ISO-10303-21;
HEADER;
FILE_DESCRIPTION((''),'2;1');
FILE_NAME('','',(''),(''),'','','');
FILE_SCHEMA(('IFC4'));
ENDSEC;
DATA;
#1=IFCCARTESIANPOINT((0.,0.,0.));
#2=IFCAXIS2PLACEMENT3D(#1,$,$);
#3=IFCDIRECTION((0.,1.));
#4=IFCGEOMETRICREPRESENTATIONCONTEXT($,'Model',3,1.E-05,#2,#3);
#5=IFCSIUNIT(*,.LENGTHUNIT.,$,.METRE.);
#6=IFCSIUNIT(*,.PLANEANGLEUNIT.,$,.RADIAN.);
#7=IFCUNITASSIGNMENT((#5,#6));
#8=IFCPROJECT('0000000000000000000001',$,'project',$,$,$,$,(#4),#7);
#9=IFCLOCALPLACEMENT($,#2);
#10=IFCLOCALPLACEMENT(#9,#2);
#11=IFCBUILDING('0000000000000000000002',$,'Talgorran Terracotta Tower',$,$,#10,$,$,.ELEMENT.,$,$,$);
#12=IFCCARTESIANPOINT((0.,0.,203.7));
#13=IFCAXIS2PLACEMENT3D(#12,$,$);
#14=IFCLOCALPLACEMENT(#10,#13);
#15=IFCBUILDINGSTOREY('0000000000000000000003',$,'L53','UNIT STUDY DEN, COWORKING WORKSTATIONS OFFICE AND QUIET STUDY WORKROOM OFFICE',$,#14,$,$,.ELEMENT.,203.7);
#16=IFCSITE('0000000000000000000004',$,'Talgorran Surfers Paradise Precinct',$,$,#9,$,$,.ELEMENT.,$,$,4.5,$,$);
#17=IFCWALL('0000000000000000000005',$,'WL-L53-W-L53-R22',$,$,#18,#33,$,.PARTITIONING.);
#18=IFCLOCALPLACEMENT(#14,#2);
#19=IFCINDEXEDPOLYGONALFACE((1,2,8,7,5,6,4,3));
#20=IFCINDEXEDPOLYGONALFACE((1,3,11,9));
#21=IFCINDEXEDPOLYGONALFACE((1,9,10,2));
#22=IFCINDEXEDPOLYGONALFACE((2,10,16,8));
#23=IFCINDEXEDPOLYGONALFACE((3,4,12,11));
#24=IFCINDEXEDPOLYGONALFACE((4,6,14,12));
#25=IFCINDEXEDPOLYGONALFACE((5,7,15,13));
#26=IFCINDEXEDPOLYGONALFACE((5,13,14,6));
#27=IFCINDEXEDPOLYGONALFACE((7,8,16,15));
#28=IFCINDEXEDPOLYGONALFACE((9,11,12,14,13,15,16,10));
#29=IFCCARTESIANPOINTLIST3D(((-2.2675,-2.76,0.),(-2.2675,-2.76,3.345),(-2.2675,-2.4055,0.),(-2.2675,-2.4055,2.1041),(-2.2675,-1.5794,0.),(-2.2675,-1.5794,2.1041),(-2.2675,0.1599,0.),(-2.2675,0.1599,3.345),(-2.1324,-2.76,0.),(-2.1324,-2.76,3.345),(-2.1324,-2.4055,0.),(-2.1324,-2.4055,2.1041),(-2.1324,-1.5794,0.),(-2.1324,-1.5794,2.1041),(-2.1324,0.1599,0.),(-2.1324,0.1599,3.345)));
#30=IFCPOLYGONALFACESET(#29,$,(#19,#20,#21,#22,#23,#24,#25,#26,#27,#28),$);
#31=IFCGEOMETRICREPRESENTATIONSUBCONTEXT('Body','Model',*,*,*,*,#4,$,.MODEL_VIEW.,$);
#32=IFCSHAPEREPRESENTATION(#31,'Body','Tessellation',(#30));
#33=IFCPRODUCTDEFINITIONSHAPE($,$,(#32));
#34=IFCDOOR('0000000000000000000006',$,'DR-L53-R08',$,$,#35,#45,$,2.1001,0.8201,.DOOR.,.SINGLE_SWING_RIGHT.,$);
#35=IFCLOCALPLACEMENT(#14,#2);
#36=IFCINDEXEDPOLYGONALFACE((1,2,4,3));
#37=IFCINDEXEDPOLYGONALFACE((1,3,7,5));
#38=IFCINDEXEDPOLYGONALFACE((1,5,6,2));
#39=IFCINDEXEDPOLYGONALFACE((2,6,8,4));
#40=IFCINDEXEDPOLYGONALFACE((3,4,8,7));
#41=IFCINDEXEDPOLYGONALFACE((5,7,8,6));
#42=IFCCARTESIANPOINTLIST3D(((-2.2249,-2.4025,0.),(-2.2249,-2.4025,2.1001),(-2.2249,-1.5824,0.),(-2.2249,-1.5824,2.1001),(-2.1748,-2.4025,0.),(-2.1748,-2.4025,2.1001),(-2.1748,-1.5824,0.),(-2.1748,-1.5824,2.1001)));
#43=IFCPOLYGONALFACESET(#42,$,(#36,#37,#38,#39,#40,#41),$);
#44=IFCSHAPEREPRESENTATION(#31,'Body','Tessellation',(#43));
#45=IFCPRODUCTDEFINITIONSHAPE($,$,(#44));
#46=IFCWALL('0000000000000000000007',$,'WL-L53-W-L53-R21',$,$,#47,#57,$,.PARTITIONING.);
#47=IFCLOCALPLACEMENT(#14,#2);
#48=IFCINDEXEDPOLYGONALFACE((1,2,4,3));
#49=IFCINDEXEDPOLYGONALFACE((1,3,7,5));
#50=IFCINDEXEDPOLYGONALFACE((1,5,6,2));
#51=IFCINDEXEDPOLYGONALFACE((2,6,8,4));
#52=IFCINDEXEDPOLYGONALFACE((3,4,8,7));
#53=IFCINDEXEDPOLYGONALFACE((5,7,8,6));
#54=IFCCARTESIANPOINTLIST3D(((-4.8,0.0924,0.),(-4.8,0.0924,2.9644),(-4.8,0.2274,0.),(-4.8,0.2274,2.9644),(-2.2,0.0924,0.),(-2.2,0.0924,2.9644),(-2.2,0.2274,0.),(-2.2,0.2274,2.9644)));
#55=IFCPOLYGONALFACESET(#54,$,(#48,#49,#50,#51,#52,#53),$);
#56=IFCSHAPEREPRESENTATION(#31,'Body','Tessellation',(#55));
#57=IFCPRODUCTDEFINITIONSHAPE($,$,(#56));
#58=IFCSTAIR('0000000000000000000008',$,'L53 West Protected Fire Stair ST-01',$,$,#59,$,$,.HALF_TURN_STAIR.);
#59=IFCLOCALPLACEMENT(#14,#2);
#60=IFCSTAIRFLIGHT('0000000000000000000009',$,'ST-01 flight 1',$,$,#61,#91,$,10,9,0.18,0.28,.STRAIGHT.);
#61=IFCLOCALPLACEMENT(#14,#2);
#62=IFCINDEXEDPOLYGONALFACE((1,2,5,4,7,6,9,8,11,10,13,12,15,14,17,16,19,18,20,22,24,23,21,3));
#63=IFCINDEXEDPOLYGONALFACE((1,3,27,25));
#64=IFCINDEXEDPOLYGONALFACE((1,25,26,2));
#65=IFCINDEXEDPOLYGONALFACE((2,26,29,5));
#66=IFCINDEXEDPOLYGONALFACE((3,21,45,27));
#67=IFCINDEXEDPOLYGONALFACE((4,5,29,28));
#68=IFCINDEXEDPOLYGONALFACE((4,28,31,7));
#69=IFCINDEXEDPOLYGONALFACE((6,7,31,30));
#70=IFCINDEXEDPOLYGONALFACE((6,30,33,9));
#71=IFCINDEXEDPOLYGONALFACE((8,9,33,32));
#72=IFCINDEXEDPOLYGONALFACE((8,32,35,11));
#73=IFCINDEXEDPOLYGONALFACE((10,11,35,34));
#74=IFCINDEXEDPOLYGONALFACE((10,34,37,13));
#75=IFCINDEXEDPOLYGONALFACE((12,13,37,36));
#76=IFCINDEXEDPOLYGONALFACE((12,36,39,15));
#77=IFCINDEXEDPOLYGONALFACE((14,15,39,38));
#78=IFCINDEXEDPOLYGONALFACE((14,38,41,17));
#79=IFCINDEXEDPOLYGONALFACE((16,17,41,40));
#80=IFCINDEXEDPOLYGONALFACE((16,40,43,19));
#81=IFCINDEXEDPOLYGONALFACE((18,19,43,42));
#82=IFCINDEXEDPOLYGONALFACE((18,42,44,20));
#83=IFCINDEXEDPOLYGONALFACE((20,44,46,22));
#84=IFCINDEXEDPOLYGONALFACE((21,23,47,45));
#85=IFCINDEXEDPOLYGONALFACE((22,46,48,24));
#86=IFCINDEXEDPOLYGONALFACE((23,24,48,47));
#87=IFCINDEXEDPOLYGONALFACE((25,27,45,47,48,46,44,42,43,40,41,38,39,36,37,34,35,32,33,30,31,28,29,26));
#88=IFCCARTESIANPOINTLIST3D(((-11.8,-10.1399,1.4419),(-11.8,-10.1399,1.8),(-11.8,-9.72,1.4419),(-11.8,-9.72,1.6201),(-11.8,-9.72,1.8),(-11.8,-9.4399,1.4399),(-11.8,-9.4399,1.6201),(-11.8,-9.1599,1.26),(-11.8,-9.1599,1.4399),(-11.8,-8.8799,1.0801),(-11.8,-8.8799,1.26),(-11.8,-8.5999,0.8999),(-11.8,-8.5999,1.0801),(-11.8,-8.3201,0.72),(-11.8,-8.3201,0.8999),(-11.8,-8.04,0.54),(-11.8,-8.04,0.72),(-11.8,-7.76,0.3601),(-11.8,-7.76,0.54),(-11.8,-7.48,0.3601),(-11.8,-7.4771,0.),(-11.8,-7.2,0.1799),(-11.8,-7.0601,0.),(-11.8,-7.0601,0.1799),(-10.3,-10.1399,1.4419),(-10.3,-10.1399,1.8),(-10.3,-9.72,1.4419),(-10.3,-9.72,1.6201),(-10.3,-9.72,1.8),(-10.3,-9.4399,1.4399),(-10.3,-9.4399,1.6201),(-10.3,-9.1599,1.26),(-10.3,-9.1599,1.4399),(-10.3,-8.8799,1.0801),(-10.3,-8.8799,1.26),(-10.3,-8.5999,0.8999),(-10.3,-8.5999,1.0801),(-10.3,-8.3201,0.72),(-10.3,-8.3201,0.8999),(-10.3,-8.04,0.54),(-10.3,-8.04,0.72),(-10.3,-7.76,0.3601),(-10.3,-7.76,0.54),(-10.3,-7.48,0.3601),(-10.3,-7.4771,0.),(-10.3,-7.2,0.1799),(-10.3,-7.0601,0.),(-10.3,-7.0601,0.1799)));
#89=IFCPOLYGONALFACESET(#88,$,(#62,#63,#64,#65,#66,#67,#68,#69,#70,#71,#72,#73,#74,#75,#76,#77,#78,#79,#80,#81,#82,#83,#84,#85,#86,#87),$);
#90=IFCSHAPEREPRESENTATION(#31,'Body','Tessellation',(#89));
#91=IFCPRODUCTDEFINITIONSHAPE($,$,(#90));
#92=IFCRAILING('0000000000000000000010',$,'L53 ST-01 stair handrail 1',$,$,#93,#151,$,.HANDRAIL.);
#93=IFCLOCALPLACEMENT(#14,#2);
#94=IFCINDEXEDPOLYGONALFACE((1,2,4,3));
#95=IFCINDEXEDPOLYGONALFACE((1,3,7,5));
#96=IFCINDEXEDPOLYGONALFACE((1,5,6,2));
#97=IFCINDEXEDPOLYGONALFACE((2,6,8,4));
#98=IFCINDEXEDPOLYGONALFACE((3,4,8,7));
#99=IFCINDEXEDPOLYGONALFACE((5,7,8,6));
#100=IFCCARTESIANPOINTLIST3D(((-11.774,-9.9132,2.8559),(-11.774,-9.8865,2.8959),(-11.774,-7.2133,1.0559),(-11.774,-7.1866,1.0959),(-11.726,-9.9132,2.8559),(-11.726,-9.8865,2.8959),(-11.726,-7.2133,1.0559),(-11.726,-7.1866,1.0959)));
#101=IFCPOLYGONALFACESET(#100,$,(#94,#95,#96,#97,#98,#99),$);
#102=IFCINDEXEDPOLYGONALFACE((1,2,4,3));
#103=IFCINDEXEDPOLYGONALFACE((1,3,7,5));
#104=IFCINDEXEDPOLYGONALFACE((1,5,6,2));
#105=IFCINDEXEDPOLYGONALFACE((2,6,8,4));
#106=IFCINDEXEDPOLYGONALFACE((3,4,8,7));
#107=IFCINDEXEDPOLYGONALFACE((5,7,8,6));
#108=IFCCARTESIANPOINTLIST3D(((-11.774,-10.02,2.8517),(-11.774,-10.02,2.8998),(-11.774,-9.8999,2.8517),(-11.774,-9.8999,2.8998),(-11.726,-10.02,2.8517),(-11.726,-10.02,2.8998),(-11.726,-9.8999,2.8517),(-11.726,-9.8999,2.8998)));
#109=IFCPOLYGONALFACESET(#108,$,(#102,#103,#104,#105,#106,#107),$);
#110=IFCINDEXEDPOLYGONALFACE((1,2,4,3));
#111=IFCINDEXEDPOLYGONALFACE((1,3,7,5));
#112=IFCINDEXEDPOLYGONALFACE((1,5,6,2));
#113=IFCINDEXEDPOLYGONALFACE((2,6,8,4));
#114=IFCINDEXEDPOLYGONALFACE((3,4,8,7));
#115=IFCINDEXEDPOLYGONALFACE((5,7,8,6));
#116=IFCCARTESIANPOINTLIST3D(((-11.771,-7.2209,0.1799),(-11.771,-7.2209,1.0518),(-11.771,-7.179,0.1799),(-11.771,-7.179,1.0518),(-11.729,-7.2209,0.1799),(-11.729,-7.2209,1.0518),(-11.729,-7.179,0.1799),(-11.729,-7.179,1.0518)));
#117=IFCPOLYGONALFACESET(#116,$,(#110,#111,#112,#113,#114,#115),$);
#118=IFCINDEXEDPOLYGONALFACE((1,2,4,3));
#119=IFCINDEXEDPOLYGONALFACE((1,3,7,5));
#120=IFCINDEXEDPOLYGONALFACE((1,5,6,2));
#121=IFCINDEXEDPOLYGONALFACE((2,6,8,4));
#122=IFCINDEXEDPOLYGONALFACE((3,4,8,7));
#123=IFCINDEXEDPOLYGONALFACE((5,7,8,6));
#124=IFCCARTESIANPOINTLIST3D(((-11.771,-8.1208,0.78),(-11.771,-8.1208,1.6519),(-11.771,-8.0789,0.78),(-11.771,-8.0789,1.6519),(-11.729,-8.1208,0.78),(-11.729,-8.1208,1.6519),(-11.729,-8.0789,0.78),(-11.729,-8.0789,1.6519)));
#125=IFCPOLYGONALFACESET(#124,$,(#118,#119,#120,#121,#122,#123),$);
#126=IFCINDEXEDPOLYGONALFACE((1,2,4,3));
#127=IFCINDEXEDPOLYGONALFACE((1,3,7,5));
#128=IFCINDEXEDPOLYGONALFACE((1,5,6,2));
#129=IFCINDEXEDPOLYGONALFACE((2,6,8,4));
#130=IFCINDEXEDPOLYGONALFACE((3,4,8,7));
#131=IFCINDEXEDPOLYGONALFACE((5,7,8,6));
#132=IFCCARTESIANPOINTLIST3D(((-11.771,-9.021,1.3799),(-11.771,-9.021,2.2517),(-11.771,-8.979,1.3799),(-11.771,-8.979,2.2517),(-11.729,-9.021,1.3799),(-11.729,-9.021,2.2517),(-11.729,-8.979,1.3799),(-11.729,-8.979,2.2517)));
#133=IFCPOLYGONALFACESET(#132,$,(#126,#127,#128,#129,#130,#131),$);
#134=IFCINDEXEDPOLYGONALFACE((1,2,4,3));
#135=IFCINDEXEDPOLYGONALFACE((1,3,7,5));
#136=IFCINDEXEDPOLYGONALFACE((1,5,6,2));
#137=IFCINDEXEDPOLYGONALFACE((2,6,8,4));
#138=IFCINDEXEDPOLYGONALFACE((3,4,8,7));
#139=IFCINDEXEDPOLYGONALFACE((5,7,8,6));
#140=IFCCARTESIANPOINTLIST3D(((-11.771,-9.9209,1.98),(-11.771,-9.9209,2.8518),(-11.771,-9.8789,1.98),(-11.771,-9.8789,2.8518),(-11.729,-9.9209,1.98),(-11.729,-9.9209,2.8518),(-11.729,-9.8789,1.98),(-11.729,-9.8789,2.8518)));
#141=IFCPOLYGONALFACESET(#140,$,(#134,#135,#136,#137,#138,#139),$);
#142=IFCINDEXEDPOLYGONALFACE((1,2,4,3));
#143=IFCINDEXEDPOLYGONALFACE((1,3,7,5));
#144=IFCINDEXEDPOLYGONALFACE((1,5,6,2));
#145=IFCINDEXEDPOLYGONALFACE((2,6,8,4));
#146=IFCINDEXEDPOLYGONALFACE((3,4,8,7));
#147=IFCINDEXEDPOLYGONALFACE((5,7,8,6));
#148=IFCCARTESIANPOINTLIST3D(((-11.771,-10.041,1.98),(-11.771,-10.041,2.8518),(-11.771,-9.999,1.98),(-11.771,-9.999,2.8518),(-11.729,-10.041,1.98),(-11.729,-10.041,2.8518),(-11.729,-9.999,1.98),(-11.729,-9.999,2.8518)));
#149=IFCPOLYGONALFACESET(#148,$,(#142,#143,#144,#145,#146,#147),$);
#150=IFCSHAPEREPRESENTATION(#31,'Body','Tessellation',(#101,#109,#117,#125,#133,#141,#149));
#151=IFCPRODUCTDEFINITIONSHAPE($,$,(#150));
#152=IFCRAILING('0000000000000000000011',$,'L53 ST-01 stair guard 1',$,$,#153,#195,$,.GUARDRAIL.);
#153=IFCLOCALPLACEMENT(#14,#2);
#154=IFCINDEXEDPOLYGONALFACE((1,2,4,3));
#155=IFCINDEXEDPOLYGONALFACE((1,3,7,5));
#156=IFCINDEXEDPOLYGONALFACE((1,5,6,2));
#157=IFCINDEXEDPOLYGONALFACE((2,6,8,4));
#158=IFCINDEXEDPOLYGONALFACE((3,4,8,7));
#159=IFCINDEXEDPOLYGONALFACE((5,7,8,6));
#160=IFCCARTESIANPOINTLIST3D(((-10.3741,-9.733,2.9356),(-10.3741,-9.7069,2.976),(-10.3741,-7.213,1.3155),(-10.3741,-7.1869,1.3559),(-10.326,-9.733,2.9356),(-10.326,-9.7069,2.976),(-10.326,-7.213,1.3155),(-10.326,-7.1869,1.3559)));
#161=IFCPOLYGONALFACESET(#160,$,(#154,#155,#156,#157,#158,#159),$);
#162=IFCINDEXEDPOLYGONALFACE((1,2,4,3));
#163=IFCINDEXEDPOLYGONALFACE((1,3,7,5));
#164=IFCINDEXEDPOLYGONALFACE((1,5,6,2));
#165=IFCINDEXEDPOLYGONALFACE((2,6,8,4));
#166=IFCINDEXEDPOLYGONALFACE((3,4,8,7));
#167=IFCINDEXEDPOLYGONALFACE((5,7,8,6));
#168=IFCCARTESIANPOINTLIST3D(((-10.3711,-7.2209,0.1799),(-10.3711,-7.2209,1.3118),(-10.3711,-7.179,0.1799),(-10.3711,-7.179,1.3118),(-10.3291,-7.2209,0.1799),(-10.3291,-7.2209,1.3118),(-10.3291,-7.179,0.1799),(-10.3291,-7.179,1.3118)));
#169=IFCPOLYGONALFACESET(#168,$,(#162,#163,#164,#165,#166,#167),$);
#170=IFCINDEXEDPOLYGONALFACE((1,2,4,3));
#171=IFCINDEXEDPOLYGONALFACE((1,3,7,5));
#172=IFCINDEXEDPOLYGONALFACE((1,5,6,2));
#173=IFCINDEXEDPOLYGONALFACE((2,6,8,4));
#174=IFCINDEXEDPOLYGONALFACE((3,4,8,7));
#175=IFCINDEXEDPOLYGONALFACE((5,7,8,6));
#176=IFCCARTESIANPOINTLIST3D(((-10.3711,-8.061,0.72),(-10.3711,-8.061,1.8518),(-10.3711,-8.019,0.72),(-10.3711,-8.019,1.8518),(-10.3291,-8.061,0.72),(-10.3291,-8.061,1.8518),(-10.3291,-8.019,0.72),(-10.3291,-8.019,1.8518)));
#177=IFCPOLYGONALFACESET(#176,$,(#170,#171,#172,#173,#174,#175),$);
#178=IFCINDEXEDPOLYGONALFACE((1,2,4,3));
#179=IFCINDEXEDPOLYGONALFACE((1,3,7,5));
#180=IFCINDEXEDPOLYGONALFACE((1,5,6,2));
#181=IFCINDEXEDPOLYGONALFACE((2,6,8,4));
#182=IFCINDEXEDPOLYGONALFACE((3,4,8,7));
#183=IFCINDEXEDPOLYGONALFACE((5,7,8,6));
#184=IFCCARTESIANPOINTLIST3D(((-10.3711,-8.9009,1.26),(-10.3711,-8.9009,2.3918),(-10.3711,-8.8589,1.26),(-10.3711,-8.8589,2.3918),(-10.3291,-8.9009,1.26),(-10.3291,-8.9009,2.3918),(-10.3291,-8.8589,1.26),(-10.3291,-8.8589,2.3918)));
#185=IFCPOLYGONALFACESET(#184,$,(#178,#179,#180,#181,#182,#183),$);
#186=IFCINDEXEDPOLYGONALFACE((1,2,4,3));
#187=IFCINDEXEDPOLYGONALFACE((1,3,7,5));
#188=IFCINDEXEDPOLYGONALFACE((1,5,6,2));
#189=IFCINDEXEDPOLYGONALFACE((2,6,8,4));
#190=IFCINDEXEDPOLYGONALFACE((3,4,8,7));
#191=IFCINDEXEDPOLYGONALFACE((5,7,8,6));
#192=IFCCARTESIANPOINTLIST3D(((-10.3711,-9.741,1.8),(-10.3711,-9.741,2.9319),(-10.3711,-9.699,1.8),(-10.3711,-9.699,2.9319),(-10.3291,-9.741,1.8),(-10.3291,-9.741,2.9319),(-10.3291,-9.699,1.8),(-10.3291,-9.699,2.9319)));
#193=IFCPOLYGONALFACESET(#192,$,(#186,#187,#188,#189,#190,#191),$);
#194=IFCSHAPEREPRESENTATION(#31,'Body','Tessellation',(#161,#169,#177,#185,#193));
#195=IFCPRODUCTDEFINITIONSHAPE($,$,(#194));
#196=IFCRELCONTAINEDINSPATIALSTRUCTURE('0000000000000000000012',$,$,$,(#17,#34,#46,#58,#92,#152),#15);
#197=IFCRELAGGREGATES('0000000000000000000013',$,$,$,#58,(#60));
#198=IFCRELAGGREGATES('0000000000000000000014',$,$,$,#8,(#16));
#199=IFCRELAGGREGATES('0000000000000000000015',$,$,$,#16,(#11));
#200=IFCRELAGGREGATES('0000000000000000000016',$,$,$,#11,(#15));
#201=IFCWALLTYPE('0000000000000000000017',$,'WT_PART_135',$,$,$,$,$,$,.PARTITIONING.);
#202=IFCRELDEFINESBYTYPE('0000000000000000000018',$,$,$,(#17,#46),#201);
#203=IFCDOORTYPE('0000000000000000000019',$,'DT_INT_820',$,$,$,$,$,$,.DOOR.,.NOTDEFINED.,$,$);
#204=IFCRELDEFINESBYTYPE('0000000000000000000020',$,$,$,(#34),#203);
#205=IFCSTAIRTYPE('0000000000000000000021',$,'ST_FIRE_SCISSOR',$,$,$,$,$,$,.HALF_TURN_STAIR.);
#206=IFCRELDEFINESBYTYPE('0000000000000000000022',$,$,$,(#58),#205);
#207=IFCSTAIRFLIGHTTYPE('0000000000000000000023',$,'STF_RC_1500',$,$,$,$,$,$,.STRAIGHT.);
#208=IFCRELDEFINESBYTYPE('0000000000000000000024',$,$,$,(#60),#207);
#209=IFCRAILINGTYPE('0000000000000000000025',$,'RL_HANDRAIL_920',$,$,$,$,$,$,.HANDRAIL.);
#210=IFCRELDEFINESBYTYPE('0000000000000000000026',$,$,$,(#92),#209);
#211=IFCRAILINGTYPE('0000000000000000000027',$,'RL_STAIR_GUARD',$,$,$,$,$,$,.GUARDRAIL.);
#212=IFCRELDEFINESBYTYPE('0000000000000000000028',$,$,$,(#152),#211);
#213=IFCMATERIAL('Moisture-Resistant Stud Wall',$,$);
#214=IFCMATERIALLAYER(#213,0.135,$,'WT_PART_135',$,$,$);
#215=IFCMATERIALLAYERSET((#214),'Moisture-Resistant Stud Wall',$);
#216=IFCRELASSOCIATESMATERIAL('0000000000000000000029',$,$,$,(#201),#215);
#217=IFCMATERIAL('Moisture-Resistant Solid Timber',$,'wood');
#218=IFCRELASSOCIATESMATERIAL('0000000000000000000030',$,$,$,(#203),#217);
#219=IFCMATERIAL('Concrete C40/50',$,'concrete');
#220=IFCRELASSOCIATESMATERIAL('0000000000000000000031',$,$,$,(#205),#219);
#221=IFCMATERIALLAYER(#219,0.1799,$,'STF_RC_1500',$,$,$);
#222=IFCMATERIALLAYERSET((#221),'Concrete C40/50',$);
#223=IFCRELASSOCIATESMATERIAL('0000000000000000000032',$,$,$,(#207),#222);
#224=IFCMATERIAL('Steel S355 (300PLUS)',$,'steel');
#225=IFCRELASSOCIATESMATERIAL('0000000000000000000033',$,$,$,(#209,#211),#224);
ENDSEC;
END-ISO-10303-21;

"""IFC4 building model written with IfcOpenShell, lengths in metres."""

from ifc_helpers import new_model, si_unit, direction, frame, frame_2d, origin, origin_2d, place, context, subcontext, project, spatial, polyline, rectangle, outline, extrude, material, layer, layer_set, type_object, element, fill, aggregate, save


model = new_model("IFC4")

# Units and contexts
model_context = context("Model", 3, precision=1e-05, world=origin(), true_north=direction((0.0, 1.0)))
body_context = subcontext(model_context, "Body", "Model", "MODEL_VIEW")
ifc_project = project(units=[si_unit("LENGTHUNIT", "METRE"), si_unit("PLANEANGLEUNIT", "RADIAN")], contexts=[model_context])

# Site, building, storey
site_placement = place(None, origin())
site = spatial("IfcSite", under=ifc_project, at=site_placement, Name="Talgorran Surfers Paradise Precinct", CompositionType="ELEMENT", RefElevation=4.5)
building_placement = place(site_placement, origin())
building = spatial("IfcBuilding", under=site, at=building_placement, Name="Talgorran Terracotta Tower", CompositionType="ELEMENT")
storey_placement = place(building_placement, frame((0.0, 0.0, 203.7)))
storey = spatial("IfcBuildingStorey", under=building, at=storey_placement, Name="L53", Description="UNIT STUDY DEN, COWORKING WORKSTATIONS OFFICE AND QUIET STUDY WORKROOM OFFICE", CompositionType="ELEMENT", Elevation=203.7)

# Shared definitions
ifc_material_1 = material(Name="Steel S355 (300PLUS)", Category="steel")

# Wall, opening, door
ifc_material_2 = material(Name="Moisture-Resistant Stud Wall")
ifc_layer_1 = layer(ifc_material_2, 0.135, Name="WT_PART_135")
ifc_layer_set_1 = layer_set([ifc_layer_1], Name="Moisture-Resistant Stud Wall")
wall_type_1 = type_object("IfcWallType", Name="WT_PART_135", PredefinedType="PARTITIONING", material=ifc_layer_set_1)
wall_1_placement = place(storey_placement, frame((-2.2, -2.76, 0.0), z_axis=(0.0, 0.0, 1.0), x_axis=(0.0, 1.0, 0.0)))
wall_1 = element("IfcWall", 1, at=wall_1_placement, inside=storey, type_object=wall_type_1, Name="WL-L53-W-L53-R22", PredefinedType="PARTITIONING", context=body_context, shape_type="SweptSolid", body=[
    extrude(rectangle(XDim=2.9199, YDim=0.135, at=frame_2d((1.46, 0.0))), origin(), (0.0, 0.0, 1.0), 3.345),
])
opening_1_placement = place(wall_1_placement, frame((0.3574, 0.0, 0.0)))
opening_1 = element("IfcOpeningElement", 2, at=opening_1_placement, cuts=wall_1, PredefinedType="OPENING", context=body_context, shape_type="SweptSolid", body=[
    extrude(rectangle(XDim=0.8261, YDim=2.1041, at=frame_2d((0.4102, 1.052))), frame((0.0, 0.0776, 0.0), z_axis=(0.0, -1.0, 0.0), x_axis=(1.0, 0.0, 0.0)), (0.0, 0.0, 1.0), 0.155),
])
ifc_material_3 = material(Name="Moisture-Resistant Solid Timber", Category="wood")
door_type_1 = type_object("IfcDoorType", Name="DT_INT_820", OperationType="NOTDEFINED", PredefinedType="DOOR", material=ifc_material_3)
door_1_placement = place(opening_1_placement, origin())
door_1 = element("IfcDoor", 3, at=door_1_placement, inside=storey, type_object=door_type_1, Name="DR-L53-R08", OperationType="SINGLE_SWING_RIGHT", OverallHeight=2.1001, OverallWidth=0.8201, PredefinedType="DOOR", context=body_context, shape_type="SweptSolid", body=[
    extrude(rectangle(XDim=0.8201, YDim=2.1001, at=frame_2d((0.4102, 1.05))), frame((0.0, 0.0249, 0.0), z_axis=(0.0, -1.0, 0.0), x_axis=(1.0, 0.0, 0.0)), (0.0, 0.0, 1.0), 0.05),
])
fill(opening_1, door_1)

# Wall
wall_2_placement = place(storey_placement, frame((-4.8, 0.1599, 0.0), z_axis=(0.0, 0.0, 1.0), x_axis=(1.0, 0.0, 0.0)))
element("IfcWall", 4, at=wall_2_placement, inside=storey, type_object=wall_type_1, Name="WL-L53-W-L53-R21", PredefinedType="PARTITIONING", context=body_context, shape_type="SweptSolid", body=[
    extrude(rectangle(XDim=2.6001, YDim=0.135, at=frame_2d((1.3, 0.0))), origin(), (0.0, 0.0, 1.0), 2.9644),
])

# Stair, stair flight
ifc_material_4 = material(Name="Concrete C40/50", Category="concrete")
stair_type = type_object("IfcStairType", Name="ST_FIRE_SCISSOR", PredefinedType="HALF_TURN_STAIR", material=ifc_material_4)
stair_placement = place(storey_placement, origin())
stair = element("IfcStair", 5, at=stair_placement, inside=storey, type_object=stair_type, Name="L53 West Protected Fire Stair ST-01", PredefinedType="HALF_TURN_STAIR")
ifc_layer_2 = layer(ifc_material_4, 0.1799, Name="STF_RC_1500")
ifc_layer_set_2 = layer_set([ifc_layer_2], Name="Concrete C40/50")
stair_flight_type = type_object("IfcStairFlightType", Name="STF_RC_1500", PredefinedType="STRAIGHT", material=ifc_layer_set_2)
stair_flight_placement = place(storey_placement, frame((-11.05, -7.2, 0.0), z_axis=(0.0, 0.0, 1.0), x_axis=(0.0, -1.0, 0.0)))
stair_flight = element("IfcStairFlight", 6, at=stair_flight_placement, type_object=stair_flight_type, Name="ST-01 flight 1", NumberOfRisers=10, NumberOfTreads=9, PredefinedType="STRAIGHT", RiserHeight=0.18, TreadLength=0.28, context=body_context, shape_type="SweptSolid", body=[
    extrude(outline(polyline([(-0.1399, 0.0), (-0.1399, 0.1799), (0.0, 0.1799), (0.28, 0.3601), (0.5601, 0.3601), (0.5601, 0.54), (0.8401, 0.54), (0.8401, 0.72), (1.1201, 0.72), (1.1201, 0.8999), (1.3999, 0.8999), (1.3999, 1.0801), (1.6799, 1.0801), (1.6799, 1.26), (1.96, 1.26), (1.96, 1.4399), (2.24, 1.4399), (2.24, 1.6201), (2.52, 1.6201), (2.52, 1.8), (2.9399, 1.8), (2.9399, 1.4419), (2.52, 1.4419), (0.2771, 0.0), (-0.1399, 0.0)])), frame((0.0, 0.75, 0.0), z_axis=(0.0, -1.0, 0.0), x_axis=(1.0, 0.0, 0.0)), (0.0, 0.0, 1.0), 1.5),
])
aggregate(stair, [stair_flight])

# Railings
railing_type_1 = type_object("IfcRailingType", Name="RL_HANDRAIL_920", PredefinedType="HANDRAIL", material=ifc_material_1)
railing_1_placement = place(storey_placement, frame((-11.75, -7.2, 0.1799)))
element("IfcRailing", 7, at=railing_1_placement, inside=storey, type_object=railing_type_1, Name="L53 ST-01 stair handrail 1", PredefinedType="HANDRAIL", context=body_context, shape_type="SweptSolid", body=[
    extrude(rectangle(XDim=0.0481, YDim=0.0481, at=origin_2d()), frame((0.0, 0.0, 0.896), z_axis=(0.0, -0.832039, 0.554718), x_axis=(1.0, 0.0, 0.0)), (0.0, 0.0, 1.0), 3.2449),
    extrude(rectangle(XDim=0.0481, YDim=0.0481, at=origin_2d()), frame((0.0, -2.7, 2.6958), z_axis=(0.0, -1.0, 0.0), x_axis=(1.0, 0.0, 0.0)), (0.0, 0.0, 1.0), 0.1201),
    extrude(rectangle(XDim=0.042, YDim=0.042, at=origin_2d()), origin(), (0.0, 0.0, 1.0), 0.8718),
    extrude(rectangle(XDim=0.042, YDim=0.042, at=origin_2d()), frame((0.0, -0.8999, 0.6001)), (0.0, 0.0, 1.0), 0.8718),
    extrude(rectangle(XDim=0.042, YDim=0.042, at=origin_2d()), frame((0.0, -1.8, 1.2)), (0.0, 0.0, 1.0), 0.8718),
    extrude(rectangle(XDim=0.042, YDim=0.042, at=origin_2d()), frame((0.0, -2.7, 1.8)), (0.0, 0.0, 1.0), 0.8718),
    extrude(rectangle(XDim=0.042, YDim=0.042, at=origin_2d()), frame((0.0, -2.8201, 1.8)), (0.0, 0.0, 1.0), 0.8718),
])
railing_type_2 = type_object("IfcRailingType", Name="RL_STAIR_GUARD", PredefinedType="GUARDRAIL", material=ifc_material_1)
railing_2_placement = place(storey_placement, frame((-10.3501, -7.2, 0.1799)))
element("IfcRailing", 8, at=railing_2_placement, inside=storey, type_object=railing_type_2, Name="L53 ST-01 stair guard 1", PredefinedType="GUARDRAIL", context=body_context, shape_type="SweptSolid", body=[
    extrude(rectangle(XDim=0.0481, YDim=0.0481, at=origin_2d()), frame((0.0, 0.0, 1.1558), z_axis=(0.0, -0.841163, 0.540782), x_axis=(1.0, 0.0, 0.0)), (0.0, 0.0, 1.0), 2.9958),
    extrude(rectangle(XDim=0.042, YDim=0.042, at=origin_2d()), origin(), (0.0, 0.0, 1.0), 1.1318),
    extrude(rectangle(XDim=0.042, YDim=0.042, at=origin_2d()), frame((0.0, -0.8401, 0.54)), (0.0, 0.0, 1.0), 1.1318),
    extrude(rectangle(XDim=0.042, YDim=0.042, at=origin_2d()), frame((0.0, -1.6799, 1.0801)), (0.0, 0.0, 1.0), 1.1318),
    extrude(rectangle(XDim=0.042, YDim=0.042, at=origin_2d()), frame((0.0, -2.52, 1.6201)), (0.0, 0.0, 1.0), 1.1318),
])

save(model, "model.ifc")
